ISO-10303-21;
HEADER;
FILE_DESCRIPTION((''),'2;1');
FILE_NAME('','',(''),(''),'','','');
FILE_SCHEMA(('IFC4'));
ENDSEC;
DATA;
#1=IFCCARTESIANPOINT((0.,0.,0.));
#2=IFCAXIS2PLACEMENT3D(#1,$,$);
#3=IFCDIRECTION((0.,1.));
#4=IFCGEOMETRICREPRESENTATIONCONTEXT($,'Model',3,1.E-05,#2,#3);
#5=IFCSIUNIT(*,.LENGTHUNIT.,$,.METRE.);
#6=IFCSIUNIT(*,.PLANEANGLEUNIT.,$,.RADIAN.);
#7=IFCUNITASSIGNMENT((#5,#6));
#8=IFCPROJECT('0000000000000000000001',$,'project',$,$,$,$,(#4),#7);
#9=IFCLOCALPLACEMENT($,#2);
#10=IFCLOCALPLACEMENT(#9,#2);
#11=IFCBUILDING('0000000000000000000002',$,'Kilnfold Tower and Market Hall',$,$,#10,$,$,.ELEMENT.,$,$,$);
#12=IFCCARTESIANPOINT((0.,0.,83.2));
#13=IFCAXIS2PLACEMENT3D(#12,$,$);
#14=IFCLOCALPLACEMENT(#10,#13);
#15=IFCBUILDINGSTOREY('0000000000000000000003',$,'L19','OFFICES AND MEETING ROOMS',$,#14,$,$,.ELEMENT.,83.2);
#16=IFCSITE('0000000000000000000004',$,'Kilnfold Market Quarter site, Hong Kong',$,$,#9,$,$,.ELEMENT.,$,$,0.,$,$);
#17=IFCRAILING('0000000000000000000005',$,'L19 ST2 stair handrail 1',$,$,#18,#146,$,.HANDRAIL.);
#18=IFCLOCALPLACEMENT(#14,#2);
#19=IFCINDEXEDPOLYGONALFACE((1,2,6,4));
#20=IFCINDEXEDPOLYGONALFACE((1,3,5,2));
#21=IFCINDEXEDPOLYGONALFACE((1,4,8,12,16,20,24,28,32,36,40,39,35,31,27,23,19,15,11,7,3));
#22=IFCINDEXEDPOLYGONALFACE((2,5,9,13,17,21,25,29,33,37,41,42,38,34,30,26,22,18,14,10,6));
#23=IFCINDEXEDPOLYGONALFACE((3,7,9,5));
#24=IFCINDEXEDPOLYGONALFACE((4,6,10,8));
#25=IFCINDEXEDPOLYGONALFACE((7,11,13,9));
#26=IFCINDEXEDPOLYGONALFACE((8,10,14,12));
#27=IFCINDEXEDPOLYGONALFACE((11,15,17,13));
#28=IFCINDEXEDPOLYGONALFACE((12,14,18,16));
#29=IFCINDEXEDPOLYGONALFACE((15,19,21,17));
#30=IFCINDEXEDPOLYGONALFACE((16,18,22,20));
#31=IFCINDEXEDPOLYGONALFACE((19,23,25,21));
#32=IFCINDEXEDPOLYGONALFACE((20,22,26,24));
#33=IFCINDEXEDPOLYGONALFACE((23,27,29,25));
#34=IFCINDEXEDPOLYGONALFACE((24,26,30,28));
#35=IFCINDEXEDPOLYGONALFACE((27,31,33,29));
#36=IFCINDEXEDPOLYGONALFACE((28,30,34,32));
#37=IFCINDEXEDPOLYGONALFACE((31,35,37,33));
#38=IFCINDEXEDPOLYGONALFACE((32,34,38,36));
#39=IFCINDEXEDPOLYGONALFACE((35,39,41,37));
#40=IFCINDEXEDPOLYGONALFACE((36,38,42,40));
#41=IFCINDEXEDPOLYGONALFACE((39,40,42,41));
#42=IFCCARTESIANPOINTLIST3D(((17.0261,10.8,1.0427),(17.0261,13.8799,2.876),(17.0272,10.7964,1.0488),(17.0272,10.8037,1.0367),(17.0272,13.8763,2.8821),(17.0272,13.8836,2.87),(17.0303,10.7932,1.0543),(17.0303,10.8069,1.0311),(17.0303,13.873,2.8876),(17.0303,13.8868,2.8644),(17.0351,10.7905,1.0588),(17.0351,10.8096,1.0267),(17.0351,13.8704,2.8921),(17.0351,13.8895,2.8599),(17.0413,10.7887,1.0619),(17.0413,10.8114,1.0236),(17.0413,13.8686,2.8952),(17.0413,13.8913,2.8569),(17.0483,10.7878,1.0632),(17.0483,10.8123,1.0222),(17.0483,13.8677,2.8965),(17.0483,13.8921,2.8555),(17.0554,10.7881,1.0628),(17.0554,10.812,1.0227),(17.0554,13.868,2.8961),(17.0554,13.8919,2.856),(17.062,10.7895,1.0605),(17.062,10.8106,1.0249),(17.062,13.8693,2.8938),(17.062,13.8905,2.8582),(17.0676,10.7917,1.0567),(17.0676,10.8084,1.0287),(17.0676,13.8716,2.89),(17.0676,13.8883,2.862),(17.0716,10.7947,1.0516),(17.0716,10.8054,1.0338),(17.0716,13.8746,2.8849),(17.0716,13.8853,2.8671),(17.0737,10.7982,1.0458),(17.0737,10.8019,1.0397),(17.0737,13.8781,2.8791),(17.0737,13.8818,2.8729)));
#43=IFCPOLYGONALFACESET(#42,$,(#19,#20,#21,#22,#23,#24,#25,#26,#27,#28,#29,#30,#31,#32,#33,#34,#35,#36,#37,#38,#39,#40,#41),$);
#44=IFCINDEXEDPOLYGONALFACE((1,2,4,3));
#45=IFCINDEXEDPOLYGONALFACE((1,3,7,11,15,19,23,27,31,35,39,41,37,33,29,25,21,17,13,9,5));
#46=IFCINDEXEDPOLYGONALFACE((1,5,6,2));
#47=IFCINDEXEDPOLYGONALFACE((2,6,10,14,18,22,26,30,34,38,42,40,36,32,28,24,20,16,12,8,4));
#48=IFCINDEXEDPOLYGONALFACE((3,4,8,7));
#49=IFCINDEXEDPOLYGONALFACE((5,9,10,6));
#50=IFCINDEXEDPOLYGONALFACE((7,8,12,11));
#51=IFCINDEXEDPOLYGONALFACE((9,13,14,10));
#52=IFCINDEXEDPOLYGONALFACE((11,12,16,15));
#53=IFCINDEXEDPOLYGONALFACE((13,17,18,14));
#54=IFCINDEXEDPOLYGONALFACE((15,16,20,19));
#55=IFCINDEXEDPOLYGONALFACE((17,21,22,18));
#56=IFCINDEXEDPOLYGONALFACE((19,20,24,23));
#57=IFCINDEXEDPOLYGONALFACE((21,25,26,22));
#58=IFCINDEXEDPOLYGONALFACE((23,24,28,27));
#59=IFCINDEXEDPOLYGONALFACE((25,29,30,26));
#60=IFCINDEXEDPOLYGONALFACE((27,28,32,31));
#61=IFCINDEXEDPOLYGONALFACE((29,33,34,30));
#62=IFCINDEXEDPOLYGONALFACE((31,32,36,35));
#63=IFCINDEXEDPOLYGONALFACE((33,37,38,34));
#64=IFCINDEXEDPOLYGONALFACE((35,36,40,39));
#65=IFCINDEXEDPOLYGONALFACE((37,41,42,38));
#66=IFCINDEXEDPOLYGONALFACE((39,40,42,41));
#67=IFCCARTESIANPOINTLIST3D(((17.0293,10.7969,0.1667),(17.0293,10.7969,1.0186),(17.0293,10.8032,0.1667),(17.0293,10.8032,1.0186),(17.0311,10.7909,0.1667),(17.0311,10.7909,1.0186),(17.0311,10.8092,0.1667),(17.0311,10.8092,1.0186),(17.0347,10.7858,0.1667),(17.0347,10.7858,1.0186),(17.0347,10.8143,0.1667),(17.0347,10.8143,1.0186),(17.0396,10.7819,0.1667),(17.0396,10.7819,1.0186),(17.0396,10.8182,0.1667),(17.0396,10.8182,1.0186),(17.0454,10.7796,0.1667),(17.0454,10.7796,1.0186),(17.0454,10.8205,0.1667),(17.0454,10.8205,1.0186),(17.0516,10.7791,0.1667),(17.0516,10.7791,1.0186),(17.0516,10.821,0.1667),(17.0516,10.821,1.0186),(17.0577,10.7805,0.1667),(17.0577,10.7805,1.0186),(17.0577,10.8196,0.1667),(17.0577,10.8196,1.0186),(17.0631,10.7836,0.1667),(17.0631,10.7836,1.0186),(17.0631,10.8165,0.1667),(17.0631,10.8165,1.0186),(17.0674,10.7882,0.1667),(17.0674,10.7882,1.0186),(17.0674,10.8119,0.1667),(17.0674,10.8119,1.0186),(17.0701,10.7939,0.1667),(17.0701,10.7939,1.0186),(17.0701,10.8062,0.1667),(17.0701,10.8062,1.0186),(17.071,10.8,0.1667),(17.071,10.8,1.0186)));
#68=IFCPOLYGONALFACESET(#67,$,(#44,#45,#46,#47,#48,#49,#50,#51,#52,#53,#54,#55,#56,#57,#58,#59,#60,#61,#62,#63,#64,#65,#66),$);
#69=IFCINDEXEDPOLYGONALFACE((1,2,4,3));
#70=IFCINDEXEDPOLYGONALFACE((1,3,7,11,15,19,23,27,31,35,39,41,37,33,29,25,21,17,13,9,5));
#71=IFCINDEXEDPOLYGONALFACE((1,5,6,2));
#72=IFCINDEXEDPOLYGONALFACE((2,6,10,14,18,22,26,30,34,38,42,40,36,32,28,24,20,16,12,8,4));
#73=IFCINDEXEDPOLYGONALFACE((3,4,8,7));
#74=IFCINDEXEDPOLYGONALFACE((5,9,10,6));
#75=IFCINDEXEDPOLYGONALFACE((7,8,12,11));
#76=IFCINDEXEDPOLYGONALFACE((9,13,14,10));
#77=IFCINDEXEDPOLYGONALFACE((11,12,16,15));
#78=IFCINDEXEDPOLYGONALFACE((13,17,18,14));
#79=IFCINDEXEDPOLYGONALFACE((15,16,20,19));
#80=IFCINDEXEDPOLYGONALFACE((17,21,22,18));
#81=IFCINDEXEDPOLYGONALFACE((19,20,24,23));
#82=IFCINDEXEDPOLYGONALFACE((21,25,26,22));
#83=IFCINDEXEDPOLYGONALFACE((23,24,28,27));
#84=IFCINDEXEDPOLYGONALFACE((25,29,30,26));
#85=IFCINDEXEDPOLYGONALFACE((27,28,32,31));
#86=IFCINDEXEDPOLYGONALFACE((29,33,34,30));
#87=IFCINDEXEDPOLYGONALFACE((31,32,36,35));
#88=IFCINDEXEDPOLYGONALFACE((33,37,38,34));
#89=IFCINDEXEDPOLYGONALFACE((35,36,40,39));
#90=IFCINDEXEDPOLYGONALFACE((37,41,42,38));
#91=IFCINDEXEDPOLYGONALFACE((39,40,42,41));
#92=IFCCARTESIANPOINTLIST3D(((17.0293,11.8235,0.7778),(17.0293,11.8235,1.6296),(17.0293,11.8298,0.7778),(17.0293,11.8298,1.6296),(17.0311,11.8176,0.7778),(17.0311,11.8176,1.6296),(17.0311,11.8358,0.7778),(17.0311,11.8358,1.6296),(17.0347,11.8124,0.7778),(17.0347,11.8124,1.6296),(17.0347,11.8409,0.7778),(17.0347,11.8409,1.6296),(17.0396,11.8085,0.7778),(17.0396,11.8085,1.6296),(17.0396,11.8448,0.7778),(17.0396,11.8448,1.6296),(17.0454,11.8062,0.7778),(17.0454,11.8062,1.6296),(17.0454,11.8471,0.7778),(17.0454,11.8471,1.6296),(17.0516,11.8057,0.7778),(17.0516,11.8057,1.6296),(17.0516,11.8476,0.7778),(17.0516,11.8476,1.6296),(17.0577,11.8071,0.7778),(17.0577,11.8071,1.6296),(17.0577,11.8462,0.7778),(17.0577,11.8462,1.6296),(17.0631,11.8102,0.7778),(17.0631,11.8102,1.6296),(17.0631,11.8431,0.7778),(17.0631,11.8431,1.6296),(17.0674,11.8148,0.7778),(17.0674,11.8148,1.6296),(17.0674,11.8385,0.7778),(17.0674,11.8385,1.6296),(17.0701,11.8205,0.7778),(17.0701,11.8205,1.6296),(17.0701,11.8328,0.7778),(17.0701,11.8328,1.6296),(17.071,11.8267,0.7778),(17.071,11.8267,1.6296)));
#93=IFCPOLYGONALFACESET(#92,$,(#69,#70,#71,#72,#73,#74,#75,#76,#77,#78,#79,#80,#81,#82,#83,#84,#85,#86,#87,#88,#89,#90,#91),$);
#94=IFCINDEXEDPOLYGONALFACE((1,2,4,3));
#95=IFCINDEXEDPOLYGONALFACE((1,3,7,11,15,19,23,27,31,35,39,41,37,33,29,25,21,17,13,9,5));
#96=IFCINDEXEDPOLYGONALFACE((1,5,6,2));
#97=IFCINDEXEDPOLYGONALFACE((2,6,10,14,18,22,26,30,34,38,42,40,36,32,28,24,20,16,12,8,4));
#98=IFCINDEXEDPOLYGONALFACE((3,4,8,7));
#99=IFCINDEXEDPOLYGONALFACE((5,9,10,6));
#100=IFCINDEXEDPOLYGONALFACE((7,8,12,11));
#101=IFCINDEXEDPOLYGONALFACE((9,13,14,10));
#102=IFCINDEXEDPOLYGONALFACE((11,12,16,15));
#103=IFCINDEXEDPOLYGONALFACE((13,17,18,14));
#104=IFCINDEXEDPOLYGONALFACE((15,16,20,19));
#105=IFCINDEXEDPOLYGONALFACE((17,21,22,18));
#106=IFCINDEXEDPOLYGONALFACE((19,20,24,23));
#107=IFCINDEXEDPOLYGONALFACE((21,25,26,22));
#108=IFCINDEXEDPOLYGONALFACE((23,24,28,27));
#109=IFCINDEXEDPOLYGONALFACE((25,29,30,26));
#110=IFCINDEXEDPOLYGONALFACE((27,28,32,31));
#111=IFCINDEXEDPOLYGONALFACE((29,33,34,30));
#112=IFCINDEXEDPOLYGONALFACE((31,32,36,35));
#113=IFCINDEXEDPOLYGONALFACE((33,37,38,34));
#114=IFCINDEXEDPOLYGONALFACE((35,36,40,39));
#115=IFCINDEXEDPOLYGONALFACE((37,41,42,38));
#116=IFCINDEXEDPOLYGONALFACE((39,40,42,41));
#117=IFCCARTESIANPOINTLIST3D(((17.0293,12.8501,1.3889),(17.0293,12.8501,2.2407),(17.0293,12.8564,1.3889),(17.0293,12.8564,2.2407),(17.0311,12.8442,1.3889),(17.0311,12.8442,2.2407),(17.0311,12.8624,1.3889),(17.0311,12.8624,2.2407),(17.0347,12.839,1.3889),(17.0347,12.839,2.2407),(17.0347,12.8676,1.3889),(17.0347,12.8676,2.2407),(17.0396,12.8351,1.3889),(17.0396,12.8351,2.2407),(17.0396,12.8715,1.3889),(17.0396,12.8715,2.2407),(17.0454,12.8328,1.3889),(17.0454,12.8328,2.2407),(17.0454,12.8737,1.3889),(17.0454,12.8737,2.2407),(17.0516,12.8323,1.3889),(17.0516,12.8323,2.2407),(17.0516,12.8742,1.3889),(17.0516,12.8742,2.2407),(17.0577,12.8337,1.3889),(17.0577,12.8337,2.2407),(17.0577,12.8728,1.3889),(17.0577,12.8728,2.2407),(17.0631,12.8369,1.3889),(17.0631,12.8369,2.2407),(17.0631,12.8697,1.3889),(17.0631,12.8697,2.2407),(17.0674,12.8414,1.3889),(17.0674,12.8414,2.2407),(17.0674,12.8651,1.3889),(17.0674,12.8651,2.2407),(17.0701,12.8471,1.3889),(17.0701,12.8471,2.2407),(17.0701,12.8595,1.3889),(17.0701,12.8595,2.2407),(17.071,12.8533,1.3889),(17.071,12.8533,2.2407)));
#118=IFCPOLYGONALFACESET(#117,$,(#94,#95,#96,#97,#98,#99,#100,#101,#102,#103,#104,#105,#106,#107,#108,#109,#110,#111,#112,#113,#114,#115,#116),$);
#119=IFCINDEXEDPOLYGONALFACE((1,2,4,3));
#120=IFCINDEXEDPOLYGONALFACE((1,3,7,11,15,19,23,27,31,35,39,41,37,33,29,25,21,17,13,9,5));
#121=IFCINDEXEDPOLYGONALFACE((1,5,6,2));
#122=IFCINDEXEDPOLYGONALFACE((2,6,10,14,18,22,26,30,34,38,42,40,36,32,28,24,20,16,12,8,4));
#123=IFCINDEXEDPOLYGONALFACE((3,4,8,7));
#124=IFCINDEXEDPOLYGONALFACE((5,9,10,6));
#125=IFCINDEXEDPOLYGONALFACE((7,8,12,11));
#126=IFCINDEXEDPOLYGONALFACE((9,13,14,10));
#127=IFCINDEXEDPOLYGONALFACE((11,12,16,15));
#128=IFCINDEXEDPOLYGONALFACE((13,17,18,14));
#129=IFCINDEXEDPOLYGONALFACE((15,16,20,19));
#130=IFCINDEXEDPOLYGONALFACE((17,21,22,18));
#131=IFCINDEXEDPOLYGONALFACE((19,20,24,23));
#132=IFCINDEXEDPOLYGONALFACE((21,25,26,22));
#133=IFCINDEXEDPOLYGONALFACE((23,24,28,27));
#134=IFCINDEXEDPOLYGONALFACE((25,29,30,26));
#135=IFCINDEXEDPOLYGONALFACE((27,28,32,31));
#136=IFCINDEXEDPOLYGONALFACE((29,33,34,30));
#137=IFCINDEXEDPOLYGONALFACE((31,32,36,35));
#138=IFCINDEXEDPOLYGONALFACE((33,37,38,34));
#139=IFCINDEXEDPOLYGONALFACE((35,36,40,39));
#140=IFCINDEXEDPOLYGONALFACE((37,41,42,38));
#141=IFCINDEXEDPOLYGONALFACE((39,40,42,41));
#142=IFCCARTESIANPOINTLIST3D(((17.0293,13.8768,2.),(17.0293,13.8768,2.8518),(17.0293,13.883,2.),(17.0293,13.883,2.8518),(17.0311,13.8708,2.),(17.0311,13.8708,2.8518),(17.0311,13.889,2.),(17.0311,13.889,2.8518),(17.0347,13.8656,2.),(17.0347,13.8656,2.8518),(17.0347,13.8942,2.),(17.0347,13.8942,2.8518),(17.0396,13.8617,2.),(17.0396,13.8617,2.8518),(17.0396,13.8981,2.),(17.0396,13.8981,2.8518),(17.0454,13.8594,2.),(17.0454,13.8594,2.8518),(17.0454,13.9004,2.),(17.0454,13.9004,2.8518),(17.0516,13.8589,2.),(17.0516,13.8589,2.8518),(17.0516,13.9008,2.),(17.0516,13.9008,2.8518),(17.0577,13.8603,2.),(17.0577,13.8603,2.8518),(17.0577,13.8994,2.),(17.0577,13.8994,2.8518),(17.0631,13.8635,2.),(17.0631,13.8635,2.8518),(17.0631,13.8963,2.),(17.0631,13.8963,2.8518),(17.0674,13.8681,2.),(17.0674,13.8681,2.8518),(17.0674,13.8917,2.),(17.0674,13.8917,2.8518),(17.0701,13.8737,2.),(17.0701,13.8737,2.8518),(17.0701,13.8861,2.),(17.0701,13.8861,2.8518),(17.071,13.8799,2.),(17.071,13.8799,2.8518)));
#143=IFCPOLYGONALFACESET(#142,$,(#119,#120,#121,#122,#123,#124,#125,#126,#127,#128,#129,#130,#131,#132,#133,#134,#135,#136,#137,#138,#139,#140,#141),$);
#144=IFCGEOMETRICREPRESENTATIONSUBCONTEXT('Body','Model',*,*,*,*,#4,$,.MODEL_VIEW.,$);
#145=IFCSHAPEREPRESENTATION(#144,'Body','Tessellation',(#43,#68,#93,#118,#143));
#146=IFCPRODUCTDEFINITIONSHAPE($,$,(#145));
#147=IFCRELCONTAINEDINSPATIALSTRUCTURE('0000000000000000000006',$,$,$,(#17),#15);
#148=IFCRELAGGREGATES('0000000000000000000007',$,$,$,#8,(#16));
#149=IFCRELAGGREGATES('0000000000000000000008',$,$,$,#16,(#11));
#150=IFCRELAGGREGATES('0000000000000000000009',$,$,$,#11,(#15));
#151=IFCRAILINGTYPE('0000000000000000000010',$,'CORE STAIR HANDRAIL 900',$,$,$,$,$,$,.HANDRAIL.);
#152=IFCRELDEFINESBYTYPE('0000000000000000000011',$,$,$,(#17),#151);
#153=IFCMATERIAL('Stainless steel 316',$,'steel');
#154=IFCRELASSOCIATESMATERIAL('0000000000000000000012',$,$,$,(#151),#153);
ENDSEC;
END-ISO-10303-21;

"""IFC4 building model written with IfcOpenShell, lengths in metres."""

from ifc_helpers import new_model, si_unit, direction, frame, origin, origin_2d, place, context, subcontext, project, spatial, circle, extrude, material, type_object, element, save


model = new_model("IFC4")

# Units and contexts
model_context = context("Model", 3, precision=1e-05, world=origin(), true_north=direction((0.0, 1.0)))
body_context = subcontext(model_context, "Body", "Model", "MODEL_VIEW")
ifc_project = project(units=[si_unit("LENGTHUNIT", "METRE"), si_unit("PLANEANGLEUNIT", "RADIAN")], contexts=[model_context])

# Site, building, storey
site_placement = place(None, origin())
site = spatial("IfcSite", under=ifc_project, at=site_placement, Name="Kilnfold Market Quarter site, Hong Kong", CompositionType="ELEMENT", RefElevation=0.0)
building_placement = place(site_placement, origin())
building = spatial("IfcBuilding", under=site, at=building_placement, Name="Kilnfold Tower and Market Hall", CompositionType="ELEMENT")
storey_placement = place(building_placement, frame((0.0, 0.0, 83.2)))
storey = spatial("IfcBuildingStorey", under=building, at=storey_placement, Name="L19", Description="OFFICES AND MEETING ROOMS", CompositionType="ELEMENT", Elevation=83.2)

# Railing
ifc_material_1 = material(Name="Stainless steel 316", Category="steel")
railing_type_1 = type_object("IfcRailingType", Name="CORE STAIR HANDRAIL 900", PredefinedType="HANDRAIL", material=ifc_material_1)
railing_1_placement = place(storey_placement, frame((17.05, 10.8, 0.1667)))
element("IfcRailing", 1, at=railing_1_placement, inside=storey, type_object=railing_type_1, Name="L19 ST2 stair handrail 1", PredefinedType="HANDRAIL", context=body_context, shape_type="SweptSolid", body=[
    extrude(circle(Radius=0.0239, at=origin_2d()), frame((0.0, 0.0, 0.876), z_axis=(0.0, 0.859291, 0.511487), x_axis=(-1.0, 0.0, 0.0)), (0.0, 0.0, 1.0), 3.5842),
    extrude(circle(Radius=0.021, at=origin_2d()), origin(), (0.0, 0.0, 1.0), 0.8518),
    extrude(circle(Radius=0.021, at=origin_2d()), frame((0.0, 1.0266, 0.6111)), (0.0, 0.0, 1.0), 0.8518),
    extrude(circle(Radius=0.021, at=origin_2d()), frame((0.0, 2.0532, 1.2222)), (0.0, 0.0, 1.0), 0.8518),
    extrude(circle(Radius=0.021, at=origin_2d()), frame((0.0, 3.0798, 1.8333)), (0.0, 0.0, 1.0), 0.8518),
])

save(model, "model.ifc")
